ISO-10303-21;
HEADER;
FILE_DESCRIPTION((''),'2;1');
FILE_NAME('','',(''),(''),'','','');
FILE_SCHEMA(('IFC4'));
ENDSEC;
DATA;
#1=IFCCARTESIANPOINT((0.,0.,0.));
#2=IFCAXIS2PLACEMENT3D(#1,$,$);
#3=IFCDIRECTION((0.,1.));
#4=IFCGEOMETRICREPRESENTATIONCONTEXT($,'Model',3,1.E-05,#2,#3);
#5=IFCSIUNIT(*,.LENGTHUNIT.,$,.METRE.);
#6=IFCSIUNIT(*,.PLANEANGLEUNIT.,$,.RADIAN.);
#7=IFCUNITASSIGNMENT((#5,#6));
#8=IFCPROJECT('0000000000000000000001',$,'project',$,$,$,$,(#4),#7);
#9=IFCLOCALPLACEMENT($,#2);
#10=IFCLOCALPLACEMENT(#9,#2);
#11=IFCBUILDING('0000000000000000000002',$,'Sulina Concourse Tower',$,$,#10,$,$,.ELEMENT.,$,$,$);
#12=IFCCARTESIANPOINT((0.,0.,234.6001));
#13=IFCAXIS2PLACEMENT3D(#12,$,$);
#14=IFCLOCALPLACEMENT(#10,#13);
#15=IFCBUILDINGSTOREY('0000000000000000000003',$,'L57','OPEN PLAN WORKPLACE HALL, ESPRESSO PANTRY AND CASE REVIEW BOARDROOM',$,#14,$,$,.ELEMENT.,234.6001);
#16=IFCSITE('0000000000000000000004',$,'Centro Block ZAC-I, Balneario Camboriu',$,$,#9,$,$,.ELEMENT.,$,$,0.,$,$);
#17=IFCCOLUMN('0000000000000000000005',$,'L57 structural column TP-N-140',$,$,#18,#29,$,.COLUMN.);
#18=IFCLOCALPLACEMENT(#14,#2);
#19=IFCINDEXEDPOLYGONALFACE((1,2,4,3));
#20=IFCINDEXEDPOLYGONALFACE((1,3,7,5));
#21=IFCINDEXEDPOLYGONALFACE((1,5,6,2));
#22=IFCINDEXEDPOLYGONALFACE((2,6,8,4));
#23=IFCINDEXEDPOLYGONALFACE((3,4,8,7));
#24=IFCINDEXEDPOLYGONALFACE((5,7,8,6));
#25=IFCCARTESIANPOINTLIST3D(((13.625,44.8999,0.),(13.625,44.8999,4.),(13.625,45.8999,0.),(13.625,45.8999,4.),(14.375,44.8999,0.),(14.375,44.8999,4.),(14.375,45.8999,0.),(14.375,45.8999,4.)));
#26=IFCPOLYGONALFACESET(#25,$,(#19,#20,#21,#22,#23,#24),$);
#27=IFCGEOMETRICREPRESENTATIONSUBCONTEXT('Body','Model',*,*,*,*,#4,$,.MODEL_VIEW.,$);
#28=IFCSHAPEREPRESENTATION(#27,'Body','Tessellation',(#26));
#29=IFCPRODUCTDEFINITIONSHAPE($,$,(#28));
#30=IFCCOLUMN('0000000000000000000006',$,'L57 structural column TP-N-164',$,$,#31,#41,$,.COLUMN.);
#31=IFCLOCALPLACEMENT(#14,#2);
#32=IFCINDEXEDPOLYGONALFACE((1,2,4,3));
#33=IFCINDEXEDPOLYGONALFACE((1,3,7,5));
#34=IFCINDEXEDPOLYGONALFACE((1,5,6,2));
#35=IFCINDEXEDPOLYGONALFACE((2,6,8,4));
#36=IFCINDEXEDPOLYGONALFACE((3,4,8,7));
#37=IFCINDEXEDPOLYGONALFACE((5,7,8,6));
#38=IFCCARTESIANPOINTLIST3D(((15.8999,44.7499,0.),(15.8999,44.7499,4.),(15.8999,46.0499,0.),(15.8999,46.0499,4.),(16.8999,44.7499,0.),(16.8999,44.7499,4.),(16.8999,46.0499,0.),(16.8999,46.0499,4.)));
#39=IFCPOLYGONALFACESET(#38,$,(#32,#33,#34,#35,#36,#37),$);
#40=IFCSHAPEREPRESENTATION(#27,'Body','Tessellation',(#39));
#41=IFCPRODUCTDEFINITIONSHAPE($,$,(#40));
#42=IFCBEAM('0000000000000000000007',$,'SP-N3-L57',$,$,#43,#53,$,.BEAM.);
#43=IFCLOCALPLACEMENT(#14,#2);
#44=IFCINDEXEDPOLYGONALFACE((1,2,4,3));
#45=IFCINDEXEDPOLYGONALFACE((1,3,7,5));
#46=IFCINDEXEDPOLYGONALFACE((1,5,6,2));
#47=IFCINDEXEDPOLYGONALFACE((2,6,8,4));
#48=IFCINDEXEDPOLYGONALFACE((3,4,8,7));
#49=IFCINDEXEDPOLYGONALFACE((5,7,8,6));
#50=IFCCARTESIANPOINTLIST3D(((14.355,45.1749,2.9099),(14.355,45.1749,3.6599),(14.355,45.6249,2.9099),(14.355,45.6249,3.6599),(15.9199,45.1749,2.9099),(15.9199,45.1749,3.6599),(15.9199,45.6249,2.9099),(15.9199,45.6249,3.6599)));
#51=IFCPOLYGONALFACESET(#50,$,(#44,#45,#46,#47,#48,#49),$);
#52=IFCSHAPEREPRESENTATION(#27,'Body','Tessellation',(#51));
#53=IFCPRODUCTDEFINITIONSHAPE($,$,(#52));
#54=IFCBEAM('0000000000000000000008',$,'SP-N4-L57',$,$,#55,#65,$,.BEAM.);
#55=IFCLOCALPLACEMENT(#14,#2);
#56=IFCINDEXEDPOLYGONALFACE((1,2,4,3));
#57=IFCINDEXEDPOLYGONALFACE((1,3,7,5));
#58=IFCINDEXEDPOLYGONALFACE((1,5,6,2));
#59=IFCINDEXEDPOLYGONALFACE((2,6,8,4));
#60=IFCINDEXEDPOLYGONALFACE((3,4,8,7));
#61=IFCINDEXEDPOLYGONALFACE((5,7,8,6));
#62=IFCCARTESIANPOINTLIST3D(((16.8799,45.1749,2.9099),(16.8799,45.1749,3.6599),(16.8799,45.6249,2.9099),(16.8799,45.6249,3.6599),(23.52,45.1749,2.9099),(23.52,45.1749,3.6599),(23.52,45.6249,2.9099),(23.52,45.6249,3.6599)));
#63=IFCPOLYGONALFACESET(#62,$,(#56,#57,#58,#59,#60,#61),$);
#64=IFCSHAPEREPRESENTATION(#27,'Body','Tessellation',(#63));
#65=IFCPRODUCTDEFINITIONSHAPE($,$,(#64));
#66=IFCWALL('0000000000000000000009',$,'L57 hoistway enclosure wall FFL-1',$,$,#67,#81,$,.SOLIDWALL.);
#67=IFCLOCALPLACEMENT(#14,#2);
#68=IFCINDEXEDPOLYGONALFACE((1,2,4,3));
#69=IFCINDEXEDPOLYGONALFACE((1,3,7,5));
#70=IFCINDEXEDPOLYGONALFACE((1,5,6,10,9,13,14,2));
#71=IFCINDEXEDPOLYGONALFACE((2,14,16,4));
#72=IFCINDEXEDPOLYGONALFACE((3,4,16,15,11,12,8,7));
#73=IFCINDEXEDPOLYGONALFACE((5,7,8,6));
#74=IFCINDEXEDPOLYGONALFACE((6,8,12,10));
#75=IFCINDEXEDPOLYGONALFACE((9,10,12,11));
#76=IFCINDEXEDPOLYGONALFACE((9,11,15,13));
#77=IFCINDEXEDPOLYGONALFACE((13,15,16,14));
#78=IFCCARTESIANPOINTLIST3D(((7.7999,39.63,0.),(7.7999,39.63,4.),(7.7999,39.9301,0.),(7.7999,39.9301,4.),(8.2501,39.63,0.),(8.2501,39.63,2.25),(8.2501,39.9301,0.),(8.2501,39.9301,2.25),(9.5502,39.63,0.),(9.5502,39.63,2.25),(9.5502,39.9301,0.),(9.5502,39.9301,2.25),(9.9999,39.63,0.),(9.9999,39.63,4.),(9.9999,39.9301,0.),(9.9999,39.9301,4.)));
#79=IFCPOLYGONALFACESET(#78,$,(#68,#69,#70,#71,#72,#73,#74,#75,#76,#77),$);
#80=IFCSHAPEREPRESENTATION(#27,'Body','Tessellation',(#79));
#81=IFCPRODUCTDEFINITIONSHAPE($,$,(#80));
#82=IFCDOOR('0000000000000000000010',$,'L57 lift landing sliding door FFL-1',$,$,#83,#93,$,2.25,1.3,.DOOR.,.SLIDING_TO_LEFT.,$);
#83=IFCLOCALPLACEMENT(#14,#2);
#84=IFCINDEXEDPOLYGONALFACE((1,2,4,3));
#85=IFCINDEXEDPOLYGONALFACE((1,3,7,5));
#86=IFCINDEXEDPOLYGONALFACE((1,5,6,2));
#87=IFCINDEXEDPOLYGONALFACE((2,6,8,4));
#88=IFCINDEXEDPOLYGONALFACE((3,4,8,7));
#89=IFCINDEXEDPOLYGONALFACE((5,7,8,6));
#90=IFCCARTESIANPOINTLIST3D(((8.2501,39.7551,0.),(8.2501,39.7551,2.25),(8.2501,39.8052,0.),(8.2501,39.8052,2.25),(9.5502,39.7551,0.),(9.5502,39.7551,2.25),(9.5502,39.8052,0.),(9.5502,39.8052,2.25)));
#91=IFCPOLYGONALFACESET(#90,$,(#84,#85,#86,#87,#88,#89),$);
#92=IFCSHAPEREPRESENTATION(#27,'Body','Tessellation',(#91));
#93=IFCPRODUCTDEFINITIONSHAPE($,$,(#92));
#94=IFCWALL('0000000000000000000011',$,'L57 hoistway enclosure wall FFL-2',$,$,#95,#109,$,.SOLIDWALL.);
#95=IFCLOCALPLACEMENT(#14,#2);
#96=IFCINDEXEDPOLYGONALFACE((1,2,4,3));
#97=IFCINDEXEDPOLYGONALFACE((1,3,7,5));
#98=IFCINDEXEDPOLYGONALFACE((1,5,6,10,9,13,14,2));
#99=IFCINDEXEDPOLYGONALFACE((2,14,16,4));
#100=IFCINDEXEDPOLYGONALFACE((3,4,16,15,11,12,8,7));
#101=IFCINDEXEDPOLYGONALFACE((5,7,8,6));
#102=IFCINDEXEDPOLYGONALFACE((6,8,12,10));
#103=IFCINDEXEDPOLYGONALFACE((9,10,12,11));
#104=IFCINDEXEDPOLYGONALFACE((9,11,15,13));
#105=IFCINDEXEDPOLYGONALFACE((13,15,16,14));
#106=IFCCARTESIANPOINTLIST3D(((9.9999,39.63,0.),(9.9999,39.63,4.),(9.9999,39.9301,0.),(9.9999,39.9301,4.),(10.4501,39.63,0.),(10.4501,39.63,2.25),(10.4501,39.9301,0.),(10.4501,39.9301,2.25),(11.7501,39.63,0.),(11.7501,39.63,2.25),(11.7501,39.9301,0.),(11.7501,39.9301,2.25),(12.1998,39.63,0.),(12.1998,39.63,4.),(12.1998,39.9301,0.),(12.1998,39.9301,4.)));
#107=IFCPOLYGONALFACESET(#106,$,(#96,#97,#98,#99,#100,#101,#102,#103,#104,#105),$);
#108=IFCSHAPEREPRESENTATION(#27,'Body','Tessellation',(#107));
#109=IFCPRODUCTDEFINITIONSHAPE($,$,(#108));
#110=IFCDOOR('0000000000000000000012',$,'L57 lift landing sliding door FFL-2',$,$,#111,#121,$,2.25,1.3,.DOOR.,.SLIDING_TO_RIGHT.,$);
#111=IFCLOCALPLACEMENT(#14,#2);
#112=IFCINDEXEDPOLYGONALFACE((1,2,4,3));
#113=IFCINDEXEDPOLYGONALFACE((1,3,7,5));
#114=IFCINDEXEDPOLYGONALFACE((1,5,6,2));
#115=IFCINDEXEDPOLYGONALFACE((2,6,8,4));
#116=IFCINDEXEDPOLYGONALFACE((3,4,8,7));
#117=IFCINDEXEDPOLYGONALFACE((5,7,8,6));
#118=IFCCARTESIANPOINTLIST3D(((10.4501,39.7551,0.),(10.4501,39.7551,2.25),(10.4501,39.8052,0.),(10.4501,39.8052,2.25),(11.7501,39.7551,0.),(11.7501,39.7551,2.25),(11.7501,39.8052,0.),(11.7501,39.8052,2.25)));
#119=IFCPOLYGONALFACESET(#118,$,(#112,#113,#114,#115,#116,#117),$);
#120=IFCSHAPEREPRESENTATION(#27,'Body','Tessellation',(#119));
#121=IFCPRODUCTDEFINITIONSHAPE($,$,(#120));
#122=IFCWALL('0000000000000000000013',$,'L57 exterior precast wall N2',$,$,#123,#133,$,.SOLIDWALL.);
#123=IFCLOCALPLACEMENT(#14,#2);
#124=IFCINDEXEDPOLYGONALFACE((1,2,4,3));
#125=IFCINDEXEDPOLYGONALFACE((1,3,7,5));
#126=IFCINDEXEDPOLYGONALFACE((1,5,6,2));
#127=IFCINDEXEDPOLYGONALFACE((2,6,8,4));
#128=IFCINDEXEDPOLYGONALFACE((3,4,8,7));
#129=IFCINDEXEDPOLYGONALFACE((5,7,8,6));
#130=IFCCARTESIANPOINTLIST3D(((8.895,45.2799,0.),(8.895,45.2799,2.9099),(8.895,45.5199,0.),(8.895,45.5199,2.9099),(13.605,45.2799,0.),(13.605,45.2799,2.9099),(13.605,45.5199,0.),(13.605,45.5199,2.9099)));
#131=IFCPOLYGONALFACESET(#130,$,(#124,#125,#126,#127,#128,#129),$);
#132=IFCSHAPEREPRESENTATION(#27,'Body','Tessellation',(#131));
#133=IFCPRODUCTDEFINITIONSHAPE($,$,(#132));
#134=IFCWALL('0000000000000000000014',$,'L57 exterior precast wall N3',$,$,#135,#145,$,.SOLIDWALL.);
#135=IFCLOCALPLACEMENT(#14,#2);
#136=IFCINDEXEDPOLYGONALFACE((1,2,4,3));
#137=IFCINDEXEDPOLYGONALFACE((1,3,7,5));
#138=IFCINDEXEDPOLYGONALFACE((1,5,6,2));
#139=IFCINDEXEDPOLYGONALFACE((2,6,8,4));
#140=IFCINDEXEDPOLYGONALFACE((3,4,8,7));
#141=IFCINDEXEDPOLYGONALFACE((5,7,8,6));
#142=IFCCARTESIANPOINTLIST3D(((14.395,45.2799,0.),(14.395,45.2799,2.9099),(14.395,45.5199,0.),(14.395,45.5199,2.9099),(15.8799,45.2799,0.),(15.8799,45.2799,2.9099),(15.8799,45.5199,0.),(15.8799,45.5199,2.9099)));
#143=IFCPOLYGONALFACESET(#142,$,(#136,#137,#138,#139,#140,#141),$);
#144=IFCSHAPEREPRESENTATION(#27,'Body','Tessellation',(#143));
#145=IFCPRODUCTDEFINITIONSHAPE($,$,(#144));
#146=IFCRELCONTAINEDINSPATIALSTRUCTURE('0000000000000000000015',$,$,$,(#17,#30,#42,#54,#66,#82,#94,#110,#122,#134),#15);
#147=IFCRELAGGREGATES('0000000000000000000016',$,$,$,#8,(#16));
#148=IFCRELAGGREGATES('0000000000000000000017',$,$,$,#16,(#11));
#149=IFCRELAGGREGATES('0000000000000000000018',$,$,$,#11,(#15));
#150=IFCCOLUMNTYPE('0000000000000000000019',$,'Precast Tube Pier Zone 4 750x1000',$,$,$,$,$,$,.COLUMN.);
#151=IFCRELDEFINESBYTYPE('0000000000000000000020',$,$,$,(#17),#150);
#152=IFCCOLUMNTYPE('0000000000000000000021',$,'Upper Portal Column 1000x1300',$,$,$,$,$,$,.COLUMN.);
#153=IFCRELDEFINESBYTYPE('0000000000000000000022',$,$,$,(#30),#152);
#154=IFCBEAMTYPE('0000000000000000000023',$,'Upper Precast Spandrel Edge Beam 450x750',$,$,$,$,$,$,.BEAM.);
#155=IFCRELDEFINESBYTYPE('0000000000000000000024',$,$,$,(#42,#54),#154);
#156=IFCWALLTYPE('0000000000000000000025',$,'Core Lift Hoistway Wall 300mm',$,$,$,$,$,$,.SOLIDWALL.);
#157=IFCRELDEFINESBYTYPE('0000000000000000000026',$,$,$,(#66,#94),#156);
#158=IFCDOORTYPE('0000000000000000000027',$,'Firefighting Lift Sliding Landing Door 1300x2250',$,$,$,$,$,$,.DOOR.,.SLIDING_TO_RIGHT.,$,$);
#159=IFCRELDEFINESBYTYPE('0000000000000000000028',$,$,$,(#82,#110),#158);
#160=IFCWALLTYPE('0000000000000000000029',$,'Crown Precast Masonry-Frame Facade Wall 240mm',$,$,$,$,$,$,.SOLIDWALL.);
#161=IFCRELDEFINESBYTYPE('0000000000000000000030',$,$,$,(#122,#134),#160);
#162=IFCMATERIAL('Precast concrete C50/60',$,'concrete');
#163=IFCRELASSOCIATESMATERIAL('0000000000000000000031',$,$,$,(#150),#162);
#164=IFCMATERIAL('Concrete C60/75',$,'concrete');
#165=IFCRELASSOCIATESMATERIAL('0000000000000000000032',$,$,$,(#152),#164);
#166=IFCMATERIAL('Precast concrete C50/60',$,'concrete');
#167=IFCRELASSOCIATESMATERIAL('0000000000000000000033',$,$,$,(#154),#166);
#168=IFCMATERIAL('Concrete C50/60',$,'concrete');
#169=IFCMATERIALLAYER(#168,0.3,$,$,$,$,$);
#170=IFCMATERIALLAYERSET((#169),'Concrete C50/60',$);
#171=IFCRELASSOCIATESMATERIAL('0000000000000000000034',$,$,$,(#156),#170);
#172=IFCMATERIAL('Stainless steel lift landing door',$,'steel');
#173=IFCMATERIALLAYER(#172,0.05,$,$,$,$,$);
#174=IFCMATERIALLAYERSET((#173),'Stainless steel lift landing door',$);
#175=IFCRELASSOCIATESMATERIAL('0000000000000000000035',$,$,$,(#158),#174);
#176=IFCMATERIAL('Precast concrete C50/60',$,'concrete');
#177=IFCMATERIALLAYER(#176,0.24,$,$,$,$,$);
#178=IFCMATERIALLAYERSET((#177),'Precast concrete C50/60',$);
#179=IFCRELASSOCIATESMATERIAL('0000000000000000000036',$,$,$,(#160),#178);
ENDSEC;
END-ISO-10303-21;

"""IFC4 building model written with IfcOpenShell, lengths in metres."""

from ifc_helpers import new_model, si_unit, direction, frame, frame_2d, origin, origin_2d, place, context, subcontext, project, spatial, rectangle, extrude, material, layer, layer_set, material_profile, profile_set, type_object, element, fill, save


model = new_model("IFC4")

# Units and contexts
model_context = context("Model", 3, precision=1e-05, world=origin(), true_north=direction((0.0, 1.0)))
body_context = subcontext(model_context, "Body", "Model", "MODEL_VIEW")
ifc_project = project(units=[si_unit("LENGTHUNIT", "METRE"), si_unit("PLANEANGLEUNIT", "RADIAN")], contexts=[model_context])

# Site, building, storey
site_placement = place(None, origin())
site = spatial("IfcSite", under=ifc_project, at=site_placement, Name="Centro Block ZAC-I, Balneario Camboriu", CompositionType="ELEMENT", RefElevation=0.0)
building_placement = place(site_placement, origin())
building = spatial("IfcBuilding", under=site, at=building_placement, Name="Sulina Concourse Tower", CompositionType="ELEMENT")
storey_placement = place(building_placement, frame((0.0, 0.0, 234.6001)))
storey = spatial("IfcBuildingStorey", under=building, at=storey_placement, Name="L57", Description="OPEN PLAN WORKPLACE HALL, ESPRESSO PANTRY AND CASE REVIEW BOARDROOM", CompositionType="ELEMENT", Elevation=234.6001)

# Columns
ifc_material_1 = material(Name="Precast concrete C50/60", Category="concrete")
ifc_material_profile_1 = material_profile(ifc_material_1, rectangle(XDim=0.75, YDim=1.0, at=origin_2d()), Name="PC 750x1000")
ifc_profile_set_1 = profile_set([ifc_material_profile_1], Name="Precast concrete C50/60")
column_type_1 = type_object("IfcColumnType", Name="Precast Tube Pier Zone 4 750x1000", PredefinedType="COLUMN", material=ifc_profile_set_1)
column_1_placement = place(storey_placement, frame((14.0, 45.3999, 0.0), z_axis=(0.0, 0.0, 1.0), x_axis=(1.0, 0.0, 0.0)))
element("IfcColumn", 1, at=column_1_placement, inside=storey, type_object=column_type_1, Name="L57 structural column TP-N-140", PredefinedType="COLUMN", context=body_context, shape_type="SweptSolid", body=[
    extrude(rectangle(XDim=0.75, YDim=1.0, at=origin_2d()), origin(), (0.0, 0.0, 1.0), 4.0),
])
ifc_material_2 = material(Name="Concrete C60/75", Category="concrete")
ifc_material_profile_2 = material_profile(ifc_material_2, rectangle(XDim=1.0, YDim=1.3, at=origin_2d()), Name="RC 1000x1300")
ifc_profile_set_2 = profile_set([ifc_material_profile_2], Name="Concrete C60/75")
column_type_2 = type_object("IfcColumnType", Name="Upper Portal Column 1000x1300", PredefinedType="COLUMN", material=ifc_profile_set_2)
column_2_placement = place(storey_placement, frame((16.3999, 45.3999, 0.0), z_axis=(0.0, 0.0, 1.0), x_axis=(1.0, 0.0, 0.0)))
element("IfcColumn", 2, at=column_2_placement, inside=storey, type_object=column_type_2, Name="L57 structural column TP-N-164", PredefinedType="COLUMN", context=body_context, shape_type="SweptSolid", body=[
    extrude(rectangle(XDim=1.0, YDim=1.3, at=origin_2d()), origin(), (0.0, 0.0, 1.0), 4.0),
])

# Beams
ifc_material_3 = material(Name="Precast concrete C50/60", Category="concrete")
ifc_material_profile_3 = material_profile(ifc_material_3, rectangle(XDim=0.45, YDim=0.75, at=origin_2d()), Name="RC 450x750")
ifc_profile_set_3 = profile_set([ifc_material_profile_3], Name="Precast concrete C50/60")
beam_type = type_object("IfcBeamType", Name="Upper Precast Spandrel Edge Beam 450x750", PredefinedType="BEAM", material=ifc_profile_set_3)
beam_1_placement = place(storey_placement, frame((14.355, 45.3999, 3.2849), z_axis=(1.0, 0.0, 0.0), x_axis=(0.0, 1.0, 0.0)))
element("IfcBeam", 3, at=beam_1_placement, inside=storey, type_object=beam_type, Name="SP-N3-L57", PredefinedType="BEAM", context=body_context, shape_type="SweptSolid", body=[
    extrude(rectangle(XDim=0.45, YDim=0.75, at=origin_2d()), origin(), (0.0, 0.0, 1.0), 1.5649),
])
beam_2_placement = place(storey_placement, frame((16.8799, 45.3999, 3.2849), z_axis=(1.0, 0.0, 0.0), x_axis=(0.0, 1.0, 0.0)))
element("IfcBeam", 4, at=beam_2_placement, inside=storey, type_object=beam_type, Name="SP-N4-L57", PredefinedType="BEAM", context=body_context, shape_type="SweptSolid", body=[
    extrude(rectangle(XDim=0.45, YDim=0.75, at=origin_2d()), origin(), (0.0, 0.0, 1.0), 6.6401),
])

# Walls, openings, doors
ifc_material_4 = material(Name="Concrete C50/60", Category="concrete")
ifc_layer_1 = layer(ifc_material_4, 0.3)
ifc_layer_set_1 = layer_set([ifc_layer_1], Name="Concrete C50/60")
wall_type_1 = type_object("IfcWallType", Name="Core Lift Hoistway Wall 300mm", PredefinedType="SOLIDWALL", material=ifc_layer_set_1)
wall_1_placement = place(storey_placement, frame((10.0, 39.78, 0.0), z_axis=(0.0, 0.0, 1.0), x_axis=(-1.0, 0.0, 0.0)))
wall_1 = element("IfcWall", 5, at=wall_1_placement, inside=storey, type_object=wall_type_1, Name="L57 hoistway enclosure wall FFL-1", PredefinedType="SOLIDWALL", context=body_context, shape_type="SweptSolid", body=[
    extrude(rectangle(XDim=2.2, YDim=0.3, at=frame_2d((1.1001, 0.0))), origin(), (0.0, 0.0, 1.0), 4.0),
])
opening_1_placement = place(wall_1_placement, frame((0.45, 0.0, 0.0)))
opening_1 = element("IfcOpeningElement", 6, at=opening_1_placement, cuts=wall_1, PredefinedType="OPENING", context=body_context, shape_type="SweptSolid", body=[
    extrude(rectangle(XDim=1.3, YDim=2.25, at=frame_2d((0.6499, 1.125))), frame((0.0, 0.1599, 0.0), z_axis=(0.0, -1.0, 0.0), x_axis=(1.0, 0.0, 0.0)), (0.0, 0.0, 1.0), 0.3201),
])
ifc_material_5 = material(Name="Stainless steel lift landing door", Category="steel")
ifc_layer_2 = layer(ifc_material_5, 0.05)
ifc_layer_set_2 = layer_set([ifc_layer_2], Name="Stainless steel lift landing door")
door_type_1 = type_object("IfcDoorType", Name="Firefighting Lift Sliding Landing Door 1300x2250", OperationType="SLIDING_TO_RIGHT", PredefinedType="DOOR", material=ifc_layer_set_2)
door_1_placement = place(opening_1_placement, origin())
door_1 = element("IfcDoor", 7, at=door_1_placement, inside=storey, type_object=door_type_1, Name="L57 lift landing sliding door FFL-1", OperationType="SLIDING_TO_LEFT", OverallHeight=2.25, OverallWidth=1.3, PredefinedType="DOOR", context=body_context, shape_type="SweptSolid", body=[
    extrude(rectangle(XDim=1.3, YDim=2.25, at=frame_2d((0.6499, 1.125))), frame((0.0, 0.0249, 0.0), z_axis=(0.0, -1.0, 0.0), x_axis=(1.0, 0.0, 0.0)), (0.0, 0.0, 1.0), 0.05),
])
fill(opening_1, door_1)
wall_2_placement = place(storey_placement, frame((12.2, 39.78, 0.0), z_axis=(0.0, 0.0, 1.0), x_axis=(-1.0, 0.0, 0.0)))
wall_2 = element("IfcWall", 8, at=wall_2_placement, inside=storey, type_object=wall_type_1, Name="L57 hoistway enclosure wall FFL-2", PredefinedType="SOLIDWALL", context=body_context, shape_type="SweptSolid", body=[
    extrude(rectangle(XDim=2.2, YDim=0.3, at=frame_2d((1.1001, 0.0))), origin(), (0.0, 0.0, 1.0), 4.0),
])
opening_2_placement = place(wall_2_placement, frame((0.45, 0.0, 0.0)))
opening_2 = element("IfcOpeningElement", 9, at=opening_2_placement, cuts=wall_2, PredefinedType="OPENING", context=body_context, shape_type="SweptSolid", body=[
    extrude(rectangle(XDim=1.3, YDim=2.25, at=frame_2d((0.6499, 1.125))), frame((0.0, 0.1599, 0.0), z_axis=(0.0, -1.0, 0.0), x_axis=(1.0, 0.0, 0.0)), (0.0, 0.0, 1.0), 0.3201),
])
door_2_placement = place(opening_2_placement, origin())
door_2 = element("IfcDoor", 10, at=door_2_placement, inside=storey, type_object=door_type_1, Name="L57 lift landing sliding door FFL-2", OperationType="SLIDING_TO_RIGHT", OverallHeight=2.25, OverallWidth=1.3, PredefinedType="DOOR", context=body_context, shape_type="SweptSolid", body=[
    extrude(rectangle(XDim=1.3, YDim=2.25, at=frame_2d((0.6499, 1.125))), frame((0.0, 0.0249, 0.0), z_axis=(0.0, -1.0, 0.0), x_axis=(1.0, 0.0, 0.0)), (0.0, 0.0, 1.0), 0.05),
])
fill(opening_2, door_2)

# Walls
ifc_material_6 = material(Name="Precast concrete C50/60", Category="concrete")
ifc_layer_3 = layer(ifc_material_6, 0.24)
ifc_layer_set_3 = layer_set([ifc_layer_3], Name="Precast concrete C50/60")
wall_type_2 = type_object("IfcWallType", Name="Crown Precast Masonry-Frame Facade Wall 240mm", PredefinedType="SOLIDWALL", material=ifc_layer_set_3)
wall_3_placement = place(storey_placement, frame((8.895, 45.3999, 0.0), z_axis=(0.0, 0.0, 1.0), x_axis=(1.0, 0.0, 0.0)))
element("IfcWall", 11, at=wall_3_placement, inside=storey, type_object=wall_type_2, Name="L57 exterior precast wall N2", PredefinedType="SOLIDWALL", context=body_context, shape_type="SweptSolid", body=[
    extrude(rectangle(XDim=4.71, YDim=0.24, at=frame_2d((2.355, 0.0))), origin(), (0.0, 0.0, 1.0), 2.9099),
])
wall_4_placement = place(storey_placement, frame((14.395, 45.3999, 0.0), z_axis=(0.0, 0.0, 1.0), x_axis=(1.0, 0.0, 0.0)))
element("IfcWall", 12, at=wall_4_placement, inside=storey, type_object=wall_type_2, Name="L57 exterior precast wall N3", PredefinedType="SOLIDWALL", context=body_context, shape_type="SweptSolid", body=[
    extrude(rectangle(XDim=1.4849, YDim=0.24, at=frame_2d((0.7424, 0.0))), origin(), (0.0, 0.0, 1.0), 2.9099),
])

save(model, "model.ifc")
